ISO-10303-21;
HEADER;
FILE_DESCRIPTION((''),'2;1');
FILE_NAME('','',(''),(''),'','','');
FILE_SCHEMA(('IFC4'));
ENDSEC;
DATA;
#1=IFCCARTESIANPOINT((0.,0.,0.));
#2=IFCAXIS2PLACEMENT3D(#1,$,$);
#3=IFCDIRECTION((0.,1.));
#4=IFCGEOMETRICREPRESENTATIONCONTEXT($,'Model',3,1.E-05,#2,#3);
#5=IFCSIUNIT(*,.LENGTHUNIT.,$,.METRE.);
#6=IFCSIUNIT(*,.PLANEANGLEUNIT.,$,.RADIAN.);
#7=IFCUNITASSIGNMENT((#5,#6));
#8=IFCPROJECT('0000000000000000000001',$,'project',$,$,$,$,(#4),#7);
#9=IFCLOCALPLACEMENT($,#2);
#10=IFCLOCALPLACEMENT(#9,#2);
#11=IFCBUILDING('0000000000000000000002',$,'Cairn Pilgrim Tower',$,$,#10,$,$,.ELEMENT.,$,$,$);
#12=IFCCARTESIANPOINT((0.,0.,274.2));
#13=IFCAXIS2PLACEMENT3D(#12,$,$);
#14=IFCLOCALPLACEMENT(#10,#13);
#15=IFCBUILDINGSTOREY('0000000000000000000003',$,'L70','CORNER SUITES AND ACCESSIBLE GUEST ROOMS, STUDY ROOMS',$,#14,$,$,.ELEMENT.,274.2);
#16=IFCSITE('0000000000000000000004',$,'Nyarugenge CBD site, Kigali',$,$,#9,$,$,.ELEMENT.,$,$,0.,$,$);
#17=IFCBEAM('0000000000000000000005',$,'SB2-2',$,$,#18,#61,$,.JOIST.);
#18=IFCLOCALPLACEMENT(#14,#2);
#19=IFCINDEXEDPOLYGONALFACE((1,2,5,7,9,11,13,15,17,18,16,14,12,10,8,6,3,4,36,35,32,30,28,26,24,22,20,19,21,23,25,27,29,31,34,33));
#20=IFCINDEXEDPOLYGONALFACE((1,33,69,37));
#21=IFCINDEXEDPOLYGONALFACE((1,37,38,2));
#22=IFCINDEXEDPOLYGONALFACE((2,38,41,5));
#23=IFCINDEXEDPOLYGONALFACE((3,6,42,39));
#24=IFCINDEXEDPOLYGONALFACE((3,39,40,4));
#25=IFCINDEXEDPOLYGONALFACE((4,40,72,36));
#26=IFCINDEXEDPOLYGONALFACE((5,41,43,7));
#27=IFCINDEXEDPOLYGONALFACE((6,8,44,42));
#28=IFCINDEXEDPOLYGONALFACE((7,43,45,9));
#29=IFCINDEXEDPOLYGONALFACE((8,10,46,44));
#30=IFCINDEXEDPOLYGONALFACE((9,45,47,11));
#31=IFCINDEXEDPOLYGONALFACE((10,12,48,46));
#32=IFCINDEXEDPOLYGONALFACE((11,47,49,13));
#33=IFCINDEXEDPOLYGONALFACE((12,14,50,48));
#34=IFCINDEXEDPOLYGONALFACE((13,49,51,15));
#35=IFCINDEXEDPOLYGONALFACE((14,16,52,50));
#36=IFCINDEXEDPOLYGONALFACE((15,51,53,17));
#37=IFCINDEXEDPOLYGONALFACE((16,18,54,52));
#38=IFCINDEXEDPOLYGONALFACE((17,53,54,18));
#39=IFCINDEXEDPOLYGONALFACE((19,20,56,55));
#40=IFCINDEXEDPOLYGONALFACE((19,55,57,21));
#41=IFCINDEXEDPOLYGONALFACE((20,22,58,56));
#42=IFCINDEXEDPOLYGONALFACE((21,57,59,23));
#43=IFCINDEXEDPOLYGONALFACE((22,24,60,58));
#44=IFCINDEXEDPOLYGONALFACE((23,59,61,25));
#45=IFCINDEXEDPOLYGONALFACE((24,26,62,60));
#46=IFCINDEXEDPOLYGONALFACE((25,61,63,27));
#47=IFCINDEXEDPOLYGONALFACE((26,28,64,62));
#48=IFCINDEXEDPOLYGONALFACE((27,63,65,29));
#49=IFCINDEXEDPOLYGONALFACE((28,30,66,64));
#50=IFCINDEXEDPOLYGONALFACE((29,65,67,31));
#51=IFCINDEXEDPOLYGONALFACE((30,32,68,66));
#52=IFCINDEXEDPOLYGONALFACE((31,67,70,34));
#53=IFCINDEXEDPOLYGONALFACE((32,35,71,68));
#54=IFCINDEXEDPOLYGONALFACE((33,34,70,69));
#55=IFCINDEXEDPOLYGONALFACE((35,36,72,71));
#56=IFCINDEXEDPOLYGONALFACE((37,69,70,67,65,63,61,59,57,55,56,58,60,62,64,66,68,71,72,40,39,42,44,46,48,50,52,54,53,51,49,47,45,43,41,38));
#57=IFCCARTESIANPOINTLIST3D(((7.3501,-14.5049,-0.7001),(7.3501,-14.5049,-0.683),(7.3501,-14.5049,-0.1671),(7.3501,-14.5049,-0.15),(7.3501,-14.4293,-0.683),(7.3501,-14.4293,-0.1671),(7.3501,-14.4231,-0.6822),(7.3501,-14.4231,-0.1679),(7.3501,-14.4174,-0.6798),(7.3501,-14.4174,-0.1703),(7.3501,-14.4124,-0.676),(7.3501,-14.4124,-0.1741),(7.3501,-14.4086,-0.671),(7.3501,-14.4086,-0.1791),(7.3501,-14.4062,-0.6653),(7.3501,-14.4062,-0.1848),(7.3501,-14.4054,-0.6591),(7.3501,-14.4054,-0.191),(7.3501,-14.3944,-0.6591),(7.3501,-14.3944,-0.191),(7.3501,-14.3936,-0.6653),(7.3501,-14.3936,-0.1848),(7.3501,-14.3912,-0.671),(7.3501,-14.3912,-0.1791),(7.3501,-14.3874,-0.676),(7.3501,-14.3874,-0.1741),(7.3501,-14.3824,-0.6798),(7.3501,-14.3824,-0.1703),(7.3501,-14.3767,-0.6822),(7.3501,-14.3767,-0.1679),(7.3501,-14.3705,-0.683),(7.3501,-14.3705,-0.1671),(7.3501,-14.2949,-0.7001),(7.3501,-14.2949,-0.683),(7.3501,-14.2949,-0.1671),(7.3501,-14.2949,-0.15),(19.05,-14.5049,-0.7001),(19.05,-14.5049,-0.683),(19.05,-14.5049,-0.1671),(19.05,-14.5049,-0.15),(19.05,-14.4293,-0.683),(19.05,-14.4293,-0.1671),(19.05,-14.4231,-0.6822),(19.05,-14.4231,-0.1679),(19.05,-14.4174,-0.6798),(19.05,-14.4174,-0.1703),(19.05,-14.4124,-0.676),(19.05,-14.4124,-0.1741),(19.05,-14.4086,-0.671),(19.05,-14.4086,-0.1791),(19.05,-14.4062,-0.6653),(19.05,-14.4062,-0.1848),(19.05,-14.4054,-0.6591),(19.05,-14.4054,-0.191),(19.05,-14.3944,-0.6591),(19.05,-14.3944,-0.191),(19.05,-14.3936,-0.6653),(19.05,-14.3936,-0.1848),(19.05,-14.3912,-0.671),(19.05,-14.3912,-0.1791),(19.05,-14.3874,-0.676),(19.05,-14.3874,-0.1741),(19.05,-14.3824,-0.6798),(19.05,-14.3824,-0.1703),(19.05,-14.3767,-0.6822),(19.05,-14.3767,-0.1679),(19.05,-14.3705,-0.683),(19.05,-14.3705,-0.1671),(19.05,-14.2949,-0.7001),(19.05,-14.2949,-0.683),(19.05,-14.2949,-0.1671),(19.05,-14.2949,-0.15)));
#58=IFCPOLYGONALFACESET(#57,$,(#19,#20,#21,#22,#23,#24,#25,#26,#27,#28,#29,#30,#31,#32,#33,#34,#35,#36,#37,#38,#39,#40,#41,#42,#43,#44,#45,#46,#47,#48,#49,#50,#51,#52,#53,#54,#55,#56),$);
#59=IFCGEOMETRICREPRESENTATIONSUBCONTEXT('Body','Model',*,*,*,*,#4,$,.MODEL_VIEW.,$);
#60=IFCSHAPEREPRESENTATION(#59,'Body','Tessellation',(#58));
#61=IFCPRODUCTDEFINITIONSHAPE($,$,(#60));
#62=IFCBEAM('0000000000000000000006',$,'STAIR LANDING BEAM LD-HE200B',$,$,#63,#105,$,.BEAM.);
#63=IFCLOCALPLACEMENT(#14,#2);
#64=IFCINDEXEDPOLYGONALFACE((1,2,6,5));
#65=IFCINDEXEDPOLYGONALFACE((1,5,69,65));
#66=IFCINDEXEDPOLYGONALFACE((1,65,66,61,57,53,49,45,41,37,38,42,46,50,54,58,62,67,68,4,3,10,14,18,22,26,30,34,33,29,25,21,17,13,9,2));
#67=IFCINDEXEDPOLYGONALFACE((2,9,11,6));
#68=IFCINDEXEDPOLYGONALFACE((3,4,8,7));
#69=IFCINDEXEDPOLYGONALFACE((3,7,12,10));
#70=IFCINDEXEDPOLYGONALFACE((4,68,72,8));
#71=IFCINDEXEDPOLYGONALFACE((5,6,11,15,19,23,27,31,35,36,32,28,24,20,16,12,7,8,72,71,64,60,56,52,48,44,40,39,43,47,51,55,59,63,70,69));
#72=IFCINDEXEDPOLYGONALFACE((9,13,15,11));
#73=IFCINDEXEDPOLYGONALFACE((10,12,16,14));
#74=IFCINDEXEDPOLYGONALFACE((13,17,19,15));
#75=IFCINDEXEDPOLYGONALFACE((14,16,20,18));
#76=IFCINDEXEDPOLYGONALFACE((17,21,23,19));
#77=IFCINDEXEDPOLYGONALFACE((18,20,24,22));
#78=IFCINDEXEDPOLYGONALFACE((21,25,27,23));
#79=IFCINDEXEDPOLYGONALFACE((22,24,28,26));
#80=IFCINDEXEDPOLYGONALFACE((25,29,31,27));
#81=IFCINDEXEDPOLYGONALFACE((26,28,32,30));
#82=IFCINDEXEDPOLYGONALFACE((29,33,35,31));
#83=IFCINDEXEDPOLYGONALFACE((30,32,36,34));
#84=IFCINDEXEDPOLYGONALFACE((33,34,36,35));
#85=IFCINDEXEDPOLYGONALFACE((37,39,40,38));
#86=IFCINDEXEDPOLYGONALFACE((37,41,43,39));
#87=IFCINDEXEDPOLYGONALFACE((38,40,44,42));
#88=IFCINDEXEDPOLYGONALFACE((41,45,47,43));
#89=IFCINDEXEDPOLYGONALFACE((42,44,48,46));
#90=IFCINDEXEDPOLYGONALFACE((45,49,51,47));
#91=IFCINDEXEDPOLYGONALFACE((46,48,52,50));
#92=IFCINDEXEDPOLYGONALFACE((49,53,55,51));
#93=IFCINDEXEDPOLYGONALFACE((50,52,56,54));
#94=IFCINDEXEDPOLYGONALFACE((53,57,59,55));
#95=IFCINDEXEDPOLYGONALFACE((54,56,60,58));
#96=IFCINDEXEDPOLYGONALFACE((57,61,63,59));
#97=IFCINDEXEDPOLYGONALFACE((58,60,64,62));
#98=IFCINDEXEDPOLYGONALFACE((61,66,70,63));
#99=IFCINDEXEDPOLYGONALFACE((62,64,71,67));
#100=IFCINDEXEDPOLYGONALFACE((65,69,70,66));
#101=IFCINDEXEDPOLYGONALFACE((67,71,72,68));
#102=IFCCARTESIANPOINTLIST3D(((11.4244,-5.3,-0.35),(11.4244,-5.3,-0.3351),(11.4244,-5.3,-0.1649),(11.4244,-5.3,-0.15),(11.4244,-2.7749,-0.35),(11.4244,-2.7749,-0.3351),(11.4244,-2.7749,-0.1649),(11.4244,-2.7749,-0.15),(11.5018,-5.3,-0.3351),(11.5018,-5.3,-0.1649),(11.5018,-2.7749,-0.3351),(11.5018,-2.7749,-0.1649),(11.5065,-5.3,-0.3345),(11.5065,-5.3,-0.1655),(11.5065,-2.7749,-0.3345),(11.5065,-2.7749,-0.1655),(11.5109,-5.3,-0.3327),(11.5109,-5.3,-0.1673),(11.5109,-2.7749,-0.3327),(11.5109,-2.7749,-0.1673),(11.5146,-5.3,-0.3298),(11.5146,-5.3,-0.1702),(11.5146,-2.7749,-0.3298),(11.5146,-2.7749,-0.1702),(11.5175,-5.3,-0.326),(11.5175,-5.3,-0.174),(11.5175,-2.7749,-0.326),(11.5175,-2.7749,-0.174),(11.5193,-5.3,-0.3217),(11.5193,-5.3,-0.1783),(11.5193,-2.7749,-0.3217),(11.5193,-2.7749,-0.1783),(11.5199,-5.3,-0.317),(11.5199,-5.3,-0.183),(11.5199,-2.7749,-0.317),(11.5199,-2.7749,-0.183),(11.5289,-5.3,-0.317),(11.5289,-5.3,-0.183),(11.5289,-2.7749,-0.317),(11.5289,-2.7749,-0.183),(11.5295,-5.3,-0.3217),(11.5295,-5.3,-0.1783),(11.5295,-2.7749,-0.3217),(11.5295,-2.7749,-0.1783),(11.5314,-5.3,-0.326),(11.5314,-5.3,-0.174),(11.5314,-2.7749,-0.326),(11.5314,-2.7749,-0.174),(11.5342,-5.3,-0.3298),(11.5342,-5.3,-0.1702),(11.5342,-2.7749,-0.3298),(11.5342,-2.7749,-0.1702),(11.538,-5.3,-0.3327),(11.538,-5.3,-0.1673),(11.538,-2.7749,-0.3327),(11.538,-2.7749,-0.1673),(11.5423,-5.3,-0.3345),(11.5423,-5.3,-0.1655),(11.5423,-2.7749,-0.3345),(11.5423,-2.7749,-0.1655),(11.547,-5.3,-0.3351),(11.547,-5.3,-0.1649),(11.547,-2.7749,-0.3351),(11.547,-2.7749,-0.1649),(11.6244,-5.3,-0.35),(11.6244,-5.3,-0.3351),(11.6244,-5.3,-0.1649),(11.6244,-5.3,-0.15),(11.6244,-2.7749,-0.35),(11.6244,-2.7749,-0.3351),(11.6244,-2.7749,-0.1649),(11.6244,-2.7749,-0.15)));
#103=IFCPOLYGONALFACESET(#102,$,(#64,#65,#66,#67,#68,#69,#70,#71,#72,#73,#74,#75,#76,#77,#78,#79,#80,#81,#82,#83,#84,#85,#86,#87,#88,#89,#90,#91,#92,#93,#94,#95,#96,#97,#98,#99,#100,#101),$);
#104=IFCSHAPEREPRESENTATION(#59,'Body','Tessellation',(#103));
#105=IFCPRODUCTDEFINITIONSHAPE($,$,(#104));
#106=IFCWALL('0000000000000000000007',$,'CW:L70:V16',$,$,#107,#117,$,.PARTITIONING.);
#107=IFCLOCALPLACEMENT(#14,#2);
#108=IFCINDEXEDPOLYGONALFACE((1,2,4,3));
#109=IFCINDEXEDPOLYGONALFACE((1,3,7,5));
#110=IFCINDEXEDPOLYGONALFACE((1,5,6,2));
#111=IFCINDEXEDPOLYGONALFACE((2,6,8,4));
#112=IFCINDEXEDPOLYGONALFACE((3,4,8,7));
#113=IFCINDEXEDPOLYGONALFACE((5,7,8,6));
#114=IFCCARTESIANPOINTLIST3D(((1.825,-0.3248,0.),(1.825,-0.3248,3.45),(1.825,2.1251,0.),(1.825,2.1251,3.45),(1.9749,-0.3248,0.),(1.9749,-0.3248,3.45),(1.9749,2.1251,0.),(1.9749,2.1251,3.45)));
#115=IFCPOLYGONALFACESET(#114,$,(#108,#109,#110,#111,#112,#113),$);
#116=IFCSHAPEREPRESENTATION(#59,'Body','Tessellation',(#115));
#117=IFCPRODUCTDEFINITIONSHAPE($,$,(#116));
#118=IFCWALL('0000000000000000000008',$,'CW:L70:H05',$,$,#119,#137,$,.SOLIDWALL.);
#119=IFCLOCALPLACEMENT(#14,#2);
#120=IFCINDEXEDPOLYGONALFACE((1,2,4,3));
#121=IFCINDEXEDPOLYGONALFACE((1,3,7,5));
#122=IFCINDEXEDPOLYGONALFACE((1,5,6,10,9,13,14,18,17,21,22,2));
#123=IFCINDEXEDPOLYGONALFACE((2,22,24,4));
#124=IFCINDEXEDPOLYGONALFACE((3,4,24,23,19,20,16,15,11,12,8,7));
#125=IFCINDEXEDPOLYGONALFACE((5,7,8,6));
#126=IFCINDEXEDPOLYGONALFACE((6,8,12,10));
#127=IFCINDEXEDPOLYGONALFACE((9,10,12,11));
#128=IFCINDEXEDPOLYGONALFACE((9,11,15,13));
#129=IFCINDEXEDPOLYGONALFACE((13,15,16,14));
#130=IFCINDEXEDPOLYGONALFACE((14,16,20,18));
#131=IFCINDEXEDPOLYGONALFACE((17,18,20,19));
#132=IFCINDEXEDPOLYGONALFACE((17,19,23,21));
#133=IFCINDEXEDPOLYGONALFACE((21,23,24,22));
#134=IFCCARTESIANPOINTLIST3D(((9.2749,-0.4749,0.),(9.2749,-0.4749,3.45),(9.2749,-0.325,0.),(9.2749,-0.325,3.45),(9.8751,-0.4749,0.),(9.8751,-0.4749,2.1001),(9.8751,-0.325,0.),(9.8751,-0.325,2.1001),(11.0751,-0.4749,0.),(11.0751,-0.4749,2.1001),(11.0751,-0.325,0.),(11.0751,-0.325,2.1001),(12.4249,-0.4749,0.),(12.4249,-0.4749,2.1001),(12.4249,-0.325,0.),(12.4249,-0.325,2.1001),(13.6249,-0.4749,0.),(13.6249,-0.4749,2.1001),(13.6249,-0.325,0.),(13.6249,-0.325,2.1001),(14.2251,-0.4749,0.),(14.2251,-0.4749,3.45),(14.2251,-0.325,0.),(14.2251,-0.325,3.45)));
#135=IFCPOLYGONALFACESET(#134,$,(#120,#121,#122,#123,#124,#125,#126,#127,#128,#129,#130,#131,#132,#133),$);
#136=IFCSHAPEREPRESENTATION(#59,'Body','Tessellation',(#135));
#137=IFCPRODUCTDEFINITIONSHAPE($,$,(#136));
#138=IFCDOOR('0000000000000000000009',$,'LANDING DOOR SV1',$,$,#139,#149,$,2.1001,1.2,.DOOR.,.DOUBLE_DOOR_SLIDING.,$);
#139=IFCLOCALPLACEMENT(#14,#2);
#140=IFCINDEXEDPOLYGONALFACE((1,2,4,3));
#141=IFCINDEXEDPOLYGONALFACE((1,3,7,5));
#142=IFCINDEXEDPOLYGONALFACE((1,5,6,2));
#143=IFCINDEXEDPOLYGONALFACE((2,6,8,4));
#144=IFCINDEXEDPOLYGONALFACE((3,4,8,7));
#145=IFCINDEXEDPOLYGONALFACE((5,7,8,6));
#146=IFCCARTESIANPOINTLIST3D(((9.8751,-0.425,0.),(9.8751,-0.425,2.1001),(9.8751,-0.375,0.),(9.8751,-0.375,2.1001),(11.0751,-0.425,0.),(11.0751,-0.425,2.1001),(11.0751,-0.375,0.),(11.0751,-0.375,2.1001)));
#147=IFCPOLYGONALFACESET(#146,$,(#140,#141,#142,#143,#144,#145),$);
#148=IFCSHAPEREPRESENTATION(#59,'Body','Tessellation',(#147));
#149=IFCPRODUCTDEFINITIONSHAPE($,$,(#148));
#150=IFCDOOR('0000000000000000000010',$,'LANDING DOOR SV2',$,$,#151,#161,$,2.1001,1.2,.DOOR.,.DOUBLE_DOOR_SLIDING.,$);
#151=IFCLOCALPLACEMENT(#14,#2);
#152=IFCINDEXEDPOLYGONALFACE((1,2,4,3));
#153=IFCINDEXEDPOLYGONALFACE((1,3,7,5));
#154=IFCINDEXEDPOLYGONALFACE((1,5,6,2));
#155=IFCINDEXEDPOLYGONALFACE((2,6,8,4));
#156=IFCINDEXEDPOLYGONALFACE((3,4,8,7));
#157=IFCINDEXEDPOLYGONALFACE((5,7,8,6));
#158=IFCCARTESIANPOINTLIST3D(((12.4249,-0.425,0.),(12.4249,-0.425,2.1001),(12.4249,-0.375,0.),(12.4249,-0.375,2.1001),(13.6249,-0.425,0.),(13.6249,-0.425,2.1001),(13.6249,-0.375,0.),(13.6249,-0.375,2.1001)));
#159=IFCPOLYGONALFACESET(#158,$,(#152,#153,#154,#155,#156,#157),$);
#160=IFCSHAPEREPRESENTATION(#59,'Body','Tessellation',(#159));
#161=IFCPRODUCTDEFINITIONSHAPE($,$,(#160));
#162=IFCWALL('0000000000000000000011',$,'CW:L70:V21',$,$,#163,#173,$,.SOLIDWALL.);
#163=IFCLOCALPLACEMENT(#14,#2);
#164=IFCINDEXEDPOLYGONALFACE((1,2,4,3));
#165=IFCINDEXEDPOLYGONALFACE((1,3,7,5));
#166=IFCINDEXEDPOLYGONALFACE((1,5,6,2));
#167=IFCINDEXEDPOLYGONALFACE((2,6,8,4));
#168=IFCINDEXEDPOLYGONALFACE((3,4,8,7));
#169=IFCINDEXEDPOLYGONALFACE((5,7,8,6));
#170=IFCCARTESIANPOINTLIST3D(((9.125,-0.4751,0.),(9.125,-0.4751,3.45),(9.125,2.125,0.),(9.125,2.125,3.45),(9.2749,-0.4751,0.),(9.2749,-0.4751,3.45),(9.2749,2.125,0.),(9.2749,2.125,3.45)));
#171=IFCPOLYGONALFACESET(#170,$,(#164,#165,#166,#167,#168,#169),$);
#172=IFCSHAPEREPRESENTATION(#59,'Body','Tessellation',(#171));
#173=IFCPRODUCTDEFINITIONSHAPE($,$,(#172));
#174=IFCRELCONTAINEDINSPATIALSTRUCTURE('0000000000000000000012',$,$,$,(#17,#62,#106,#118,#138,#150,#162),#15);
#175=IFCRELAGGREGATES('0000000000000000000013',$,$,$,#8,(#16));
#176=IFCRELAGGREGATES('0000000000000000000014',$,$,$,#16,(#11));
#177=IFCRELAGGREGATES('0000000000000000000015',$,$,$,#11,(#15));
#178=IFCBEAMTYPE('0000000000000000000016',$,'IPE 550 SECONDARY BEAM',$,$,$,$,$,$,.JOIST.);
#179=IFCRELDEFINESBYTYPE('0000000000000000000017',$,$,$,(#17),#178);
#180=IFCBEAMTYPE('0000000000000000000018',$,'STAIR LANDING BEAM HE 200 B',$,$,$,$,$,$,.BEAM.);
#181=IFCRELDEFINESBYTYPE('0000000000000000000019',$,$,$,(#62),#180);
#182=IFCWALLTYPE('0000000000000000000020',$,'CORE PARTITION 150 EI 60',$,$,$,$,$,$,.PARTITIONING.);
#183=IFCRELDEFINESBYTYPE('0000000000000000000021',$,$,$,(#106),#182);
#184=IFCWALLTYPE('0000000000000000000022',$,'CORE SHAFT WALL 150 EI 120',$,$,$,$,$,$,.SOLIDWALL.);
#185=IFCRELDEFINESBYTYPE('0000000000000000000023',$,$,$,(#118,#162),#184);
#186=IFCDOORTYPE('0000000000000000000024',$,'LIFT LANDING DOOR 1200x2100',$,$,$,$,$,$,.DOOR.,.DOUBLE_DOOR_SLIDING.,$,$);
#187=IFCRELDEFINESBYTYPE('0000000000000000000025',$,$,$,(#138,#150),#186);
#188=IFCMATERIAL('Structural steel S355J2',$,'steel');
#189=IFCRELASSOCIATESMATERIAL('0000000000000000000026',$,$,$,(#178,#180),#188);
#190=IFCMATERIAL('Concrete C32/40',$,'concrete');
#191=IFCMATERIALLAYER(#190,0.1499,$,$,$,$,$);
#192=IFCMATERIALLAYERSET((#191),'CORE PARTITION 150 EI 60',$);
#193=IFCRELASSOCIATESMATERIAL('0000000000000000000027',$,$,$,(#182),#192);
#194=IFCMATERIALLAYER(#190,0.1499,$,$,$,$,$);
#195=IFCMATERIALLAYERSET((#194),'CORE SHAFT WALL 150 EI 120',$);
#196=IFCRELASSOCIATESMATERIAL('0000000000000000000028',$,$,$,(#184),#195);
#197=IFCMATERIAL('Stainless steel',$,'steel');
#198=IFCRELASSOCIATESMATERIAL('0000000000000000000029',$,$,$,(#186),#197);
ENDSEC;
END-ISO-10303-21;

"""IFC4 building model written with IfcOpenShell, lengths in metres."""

from ifc_helpers import new_model, si_unit, direction, frame, frame_2d, origin, origin_2d, place, context, subcontext, project, spatial, rectangle, i_section, extrude, material, layer, layer_set, material_profile, profile_set, type_object, element, fill, save


model = new_model("IFC4")

# Units and contexts
model_context = context("Model", 3, precision=1e-05, world=origin(), true_north=direction((0.0, 1.0)))
body_context = subcontext(model_context, "Body", "Model", "MODEL_VIEW")
ifc_project = project(units=[si_unit("LENGTHUNIT", "METRE"), si_unit("PLANEANGLEUNIT", "RADIAN")], contexts=[model_context])

# Site, building, storey
site_placement = place(None, origin())
site = spatial("IfcSite", under=ifc_project, at=site_placement, Name="Nyarugenge CBD site, Kigali", CompositionType="ELEMENT", RefElevation=0.0)
building_placement = place(site_placement, origin())
building = spatial("IfcBuilding", under=site, at=building_placement, Name="Cairn Pilgrim Tower", CompositionType="ELEMENT")
storey_placement = place(building_placement, frame((0.0, 0.0, 274.2)))
storey = spatial("IfcBuildingStorey", under=building, at=storey_placement, Name="L70", Description="CORNER SUITES AND ACCESSIBLE GUEST ROOMS, STUDY ROOMS", CompositionType="ELEMENT", Elevation=274.2)

# Shared definitions
ifc_material_1 = material(Name="Structural steel S355J2", Category="steel")

# Beams
ifc_material_profile_1 = material_profile(ifc_material_1, i_section(OverallWidth=0.21, OverallDepth=0.55, WebThickness=0.011, FlangeThickness=0.0171, FilletRadius=0.0239, at=origin_2d()), Name="IPE 550")
ifc_profile_set_1 = profile_set([ifc_material_profile_1], Name="Structural steel S355J2")
beam_type_1 = type_object("IfcBeamType", Name="IPE 550 SECONDARY BEAM", PredefinedType="JOIST", material=ifc_profile_set_1)
beam_1_placement = place(storey_placement, frame((7.3501, -14.3999, -0.425), z_axis=(1.0, 0.0, 0.0), x_axis=(0.0, 1.0, 0.0)))
element("IfcBeam", 1, at=beam_1_placement, inside=storey, type_object=beam_type_1, Name="SB2-2", PredefinedType="JOIST", context=body_context, shape_type="SweptSolid", body=[
    extrude(i_section(OverallWidth=0.21, OverallDepth=0.55, WebThickness=0.011, FlangeThickness=0.0171, FilletRadius=0.0239, at=origin_2d()), origin(), (0.0, 0.0, 1.0), 11.7),
])
ifc_material_profile_2 = material_profile(ifc_material_1, i_section(OverallWidth=0.2, OverallDepth=0.2, WebThickness=0.009, FlangeThickness=0.0149, FilletRadius=0.0181, at=origin_2d()), Name="HE 200 B")
ifc_profile_set_2 = profile_set([ifc_material_profile_2], Name="Structural steel S355J2")
beam_type_2 = type_object("IfcBeamType", Name="STAIR LANDING BEAM HE 200 B", PredefinedType="BEAM", material=ifc_profile_set_2)
beam_2_placement = place(storey_placement, frame((11.5244, -2.7749, -0.25), z_axis=(0.0, -1.0, 0.0), x_axis=(1.0, 0.0, 0.0)))
element("IfcBeam", 2, at=beam_2_placement, inside=storey, type_object=beam_type_2, Name="STAIR LANDING BEAM LD-HE200B", PredefinedType="BEAM", context=body_context, shape_type="SweptSolid", body=[
    extrude(i_section(OverallWidth=0.2, OverallDepth=0.2, WebThickness=0.009, FlangeThickness=0.0149, FilletRadius=0.0181, at=origin_2d()), origin(), (0.0, 0.0, 1.0), 2.5251),
])

# Wall
ifc_material_2 = material(Name="Concrete C32/40", Category="concrete")
ifc_layer_1 = layer(ifc_material_2, 0.1499)
ifc_layer_set_1 = layer_set([ifc_layer_1], Name="CORE PARTITION 150 EI 60")
wall_type_1 = type_object("IfcWallType", Name="CORE PARTITION 150 EI 60", PredefinedType="PARTITIONING", material=ifc_layer_set_1)
wall_1_placement = place(storey_placement, frame((1.8999, -0.325, 0.0), z_axis=(0.0, 0.0, 1.0), x_axis=(0.0, 1.0, 0.0)))
element("IfcWall", 3, at=wall_1_placement, inside=storey, type_object=wall_type_1, Name="CW:L70:V16", PredefinedType="PARTITIONING", context=body_context, shape_type="SweptSolid", body=[
    extrude(rectangle(XDim=2.45, YDim=0.1499, at=frame_2d((1.2251, 0.0))), origin(), (0.0, 0.0, 1.0), 3.45),
])

# Wall, openings, doors
ifc_layer_2 = layer(ifc_material_2, 0.1499)
ifc_layer_set_2 = layer_set([ifc_layer_2], Name="CORE SHAFT WALL 150 EI 120")
wall_type_2 = type_object("IfcWallType", Name="CORE SHAFT WALL 150 EI 120", PredefinedType="SOLIDWALL", material=ifc_layer_set_2)
wall_2_placement = place(storey_placement, frame((9.2749, -0.3999, 0.0), z_axis=(0.0, 0.0, 1.0), x_axis=(1.0, 0.0, 0.0)))
wall_2 = element("IfcWall", 4, at=wall_2_placement, inside=storey, type_object=wall_type_2, Name="CW:L70:H05", PredefinedType="SOLIDWALL", context=body_context, shape_type="SweptSolid", body=[
    extrude(rectangle(XDim=4.9502, YDim=0.1499, at=frame_2d((2.4751, 0.0))), origin(), (0.0, 0.0, 1.0), 3.45),
])
opening_1_placement = place(wall_2_placement, frame((0.6001, 0.0, 0.0)))
opening_1 = element("IfcOpeningElement", 5, at=opening_1_placement, cuts=wall_2, PredefinedType="OPENING", context=body_context, shape_type="SweptSolid", body=[
    extrude(rectangle(XDim=1.2, YDim=2.1001, at=frame_2d((0.6001, 1.05))), frame((0.0, 0.085, 0.0), z_axis=(0.0, -1.0, 0.0), x_axis=(1.0, 0.0, 0.0)), (0.0, 0.0, 1.0), 0.1699),
])
opening_2_placement = place(wall_2_placement, frame((3.1499, 0.0, 0.0)))
opening_2 = element("IfcOpeningElement", 6, at=opening_2_placement, cuts=wall_2, PredefinedType="OPENING", context=body_context, shape_type="SweptSolid", body=[
    extrude(rectangle(XDim=1.2, YDim=2.1001, at=frame_2d((0.6001, 1.05))), frame((0.0, 0.085, 0.0), z_axis=(0.0, -1.0, 0.0), x_axis=(1.0, 0.0, 0.0)), (0.0, 0.0, 1.0), 0.1699),
])
ifc_material_3 = material(Name="Stainless steel", Category="steel")
door_type_1 = type_object("IfcDoorType", Name="LIFT LANDING DOOR 1200x2100", OperationType="DOUBLE_DOOR_SLIDING", PredefinedType="DOOR", material=ifc_material_3)
door_1_placement = place(opening_1_placement, origin())
door_1 = element("IfcDoor", 7, at=door_1_placement, inside=storey, type_object=door_type_1, Name="LANDING DOOR SV1", OperationType="DOUBLE_DOOR_SLIDING", OverallHeight=2.1001, OverallWidth=1.2, PredefinedType="DOOR", context=body_context, shape_type="SweptSolid", body=[
    extrude(rectangle(XDim=1.2, YDim=2.1001, at=frame_2d((0.6001, 1.05))), frame((0.0, 0.0249, 0.0), z_axis=(0.0, -1.0, 0.0), x_axis=(1.0, 0.0, 0.0)), (0.0, 0.0, 1.0), 0.05),
])
fill(opening_1, door_1)
door_2_placement = place(opening_2_placement, origin())
door_2 = element("IfcDoor", 8, at=door_2_placement, inside=storey, type_object=door_type_1, Name="LANDING DOOR SV2", OperationType="DOUBLE_DOOR_SLIDING", OverallHeight=2.1001, OverallWidth=1.2, PredefinedType="DOOR", context=body_context, shape_type="SweptSolid", body=[
    extrude(rectangle(XDim=1.2, YDim=2.1001, at=frame_2d((0.6001, 1.05))), frame((0.0, 0.0249, 0.0), z_axis=(0.0, -1.0, 0.0), x_axis=(1.0, 0.0, 0.0)), (0.0, 0.0, 1.0), 0.05),
])
fill(opening_2, door_2)

# Wall
wall_3_placement = place(storey_placement, frame((9.2, -0.4751, 0.0), z_axis=(0.0, 0.0, 1.0), x_axis=(0.0, 1.0, 0.0)))
element("IfcWall", 9, at=wall_3_placement, inside=storey, type_object=wall_type_2, Name="CW:L70:V21", PredefinedType="SOLIDWALL", context=body_context, shape_type="SweptSolid", body=[
    extrude(rectangle(XDim=2.6001, YDim=0.1499, at=frame_2d((1.3, 0.0))), origin(), (0.0, 0.0, 1.0), 3.45),
])

save(model, "model.ifc")
